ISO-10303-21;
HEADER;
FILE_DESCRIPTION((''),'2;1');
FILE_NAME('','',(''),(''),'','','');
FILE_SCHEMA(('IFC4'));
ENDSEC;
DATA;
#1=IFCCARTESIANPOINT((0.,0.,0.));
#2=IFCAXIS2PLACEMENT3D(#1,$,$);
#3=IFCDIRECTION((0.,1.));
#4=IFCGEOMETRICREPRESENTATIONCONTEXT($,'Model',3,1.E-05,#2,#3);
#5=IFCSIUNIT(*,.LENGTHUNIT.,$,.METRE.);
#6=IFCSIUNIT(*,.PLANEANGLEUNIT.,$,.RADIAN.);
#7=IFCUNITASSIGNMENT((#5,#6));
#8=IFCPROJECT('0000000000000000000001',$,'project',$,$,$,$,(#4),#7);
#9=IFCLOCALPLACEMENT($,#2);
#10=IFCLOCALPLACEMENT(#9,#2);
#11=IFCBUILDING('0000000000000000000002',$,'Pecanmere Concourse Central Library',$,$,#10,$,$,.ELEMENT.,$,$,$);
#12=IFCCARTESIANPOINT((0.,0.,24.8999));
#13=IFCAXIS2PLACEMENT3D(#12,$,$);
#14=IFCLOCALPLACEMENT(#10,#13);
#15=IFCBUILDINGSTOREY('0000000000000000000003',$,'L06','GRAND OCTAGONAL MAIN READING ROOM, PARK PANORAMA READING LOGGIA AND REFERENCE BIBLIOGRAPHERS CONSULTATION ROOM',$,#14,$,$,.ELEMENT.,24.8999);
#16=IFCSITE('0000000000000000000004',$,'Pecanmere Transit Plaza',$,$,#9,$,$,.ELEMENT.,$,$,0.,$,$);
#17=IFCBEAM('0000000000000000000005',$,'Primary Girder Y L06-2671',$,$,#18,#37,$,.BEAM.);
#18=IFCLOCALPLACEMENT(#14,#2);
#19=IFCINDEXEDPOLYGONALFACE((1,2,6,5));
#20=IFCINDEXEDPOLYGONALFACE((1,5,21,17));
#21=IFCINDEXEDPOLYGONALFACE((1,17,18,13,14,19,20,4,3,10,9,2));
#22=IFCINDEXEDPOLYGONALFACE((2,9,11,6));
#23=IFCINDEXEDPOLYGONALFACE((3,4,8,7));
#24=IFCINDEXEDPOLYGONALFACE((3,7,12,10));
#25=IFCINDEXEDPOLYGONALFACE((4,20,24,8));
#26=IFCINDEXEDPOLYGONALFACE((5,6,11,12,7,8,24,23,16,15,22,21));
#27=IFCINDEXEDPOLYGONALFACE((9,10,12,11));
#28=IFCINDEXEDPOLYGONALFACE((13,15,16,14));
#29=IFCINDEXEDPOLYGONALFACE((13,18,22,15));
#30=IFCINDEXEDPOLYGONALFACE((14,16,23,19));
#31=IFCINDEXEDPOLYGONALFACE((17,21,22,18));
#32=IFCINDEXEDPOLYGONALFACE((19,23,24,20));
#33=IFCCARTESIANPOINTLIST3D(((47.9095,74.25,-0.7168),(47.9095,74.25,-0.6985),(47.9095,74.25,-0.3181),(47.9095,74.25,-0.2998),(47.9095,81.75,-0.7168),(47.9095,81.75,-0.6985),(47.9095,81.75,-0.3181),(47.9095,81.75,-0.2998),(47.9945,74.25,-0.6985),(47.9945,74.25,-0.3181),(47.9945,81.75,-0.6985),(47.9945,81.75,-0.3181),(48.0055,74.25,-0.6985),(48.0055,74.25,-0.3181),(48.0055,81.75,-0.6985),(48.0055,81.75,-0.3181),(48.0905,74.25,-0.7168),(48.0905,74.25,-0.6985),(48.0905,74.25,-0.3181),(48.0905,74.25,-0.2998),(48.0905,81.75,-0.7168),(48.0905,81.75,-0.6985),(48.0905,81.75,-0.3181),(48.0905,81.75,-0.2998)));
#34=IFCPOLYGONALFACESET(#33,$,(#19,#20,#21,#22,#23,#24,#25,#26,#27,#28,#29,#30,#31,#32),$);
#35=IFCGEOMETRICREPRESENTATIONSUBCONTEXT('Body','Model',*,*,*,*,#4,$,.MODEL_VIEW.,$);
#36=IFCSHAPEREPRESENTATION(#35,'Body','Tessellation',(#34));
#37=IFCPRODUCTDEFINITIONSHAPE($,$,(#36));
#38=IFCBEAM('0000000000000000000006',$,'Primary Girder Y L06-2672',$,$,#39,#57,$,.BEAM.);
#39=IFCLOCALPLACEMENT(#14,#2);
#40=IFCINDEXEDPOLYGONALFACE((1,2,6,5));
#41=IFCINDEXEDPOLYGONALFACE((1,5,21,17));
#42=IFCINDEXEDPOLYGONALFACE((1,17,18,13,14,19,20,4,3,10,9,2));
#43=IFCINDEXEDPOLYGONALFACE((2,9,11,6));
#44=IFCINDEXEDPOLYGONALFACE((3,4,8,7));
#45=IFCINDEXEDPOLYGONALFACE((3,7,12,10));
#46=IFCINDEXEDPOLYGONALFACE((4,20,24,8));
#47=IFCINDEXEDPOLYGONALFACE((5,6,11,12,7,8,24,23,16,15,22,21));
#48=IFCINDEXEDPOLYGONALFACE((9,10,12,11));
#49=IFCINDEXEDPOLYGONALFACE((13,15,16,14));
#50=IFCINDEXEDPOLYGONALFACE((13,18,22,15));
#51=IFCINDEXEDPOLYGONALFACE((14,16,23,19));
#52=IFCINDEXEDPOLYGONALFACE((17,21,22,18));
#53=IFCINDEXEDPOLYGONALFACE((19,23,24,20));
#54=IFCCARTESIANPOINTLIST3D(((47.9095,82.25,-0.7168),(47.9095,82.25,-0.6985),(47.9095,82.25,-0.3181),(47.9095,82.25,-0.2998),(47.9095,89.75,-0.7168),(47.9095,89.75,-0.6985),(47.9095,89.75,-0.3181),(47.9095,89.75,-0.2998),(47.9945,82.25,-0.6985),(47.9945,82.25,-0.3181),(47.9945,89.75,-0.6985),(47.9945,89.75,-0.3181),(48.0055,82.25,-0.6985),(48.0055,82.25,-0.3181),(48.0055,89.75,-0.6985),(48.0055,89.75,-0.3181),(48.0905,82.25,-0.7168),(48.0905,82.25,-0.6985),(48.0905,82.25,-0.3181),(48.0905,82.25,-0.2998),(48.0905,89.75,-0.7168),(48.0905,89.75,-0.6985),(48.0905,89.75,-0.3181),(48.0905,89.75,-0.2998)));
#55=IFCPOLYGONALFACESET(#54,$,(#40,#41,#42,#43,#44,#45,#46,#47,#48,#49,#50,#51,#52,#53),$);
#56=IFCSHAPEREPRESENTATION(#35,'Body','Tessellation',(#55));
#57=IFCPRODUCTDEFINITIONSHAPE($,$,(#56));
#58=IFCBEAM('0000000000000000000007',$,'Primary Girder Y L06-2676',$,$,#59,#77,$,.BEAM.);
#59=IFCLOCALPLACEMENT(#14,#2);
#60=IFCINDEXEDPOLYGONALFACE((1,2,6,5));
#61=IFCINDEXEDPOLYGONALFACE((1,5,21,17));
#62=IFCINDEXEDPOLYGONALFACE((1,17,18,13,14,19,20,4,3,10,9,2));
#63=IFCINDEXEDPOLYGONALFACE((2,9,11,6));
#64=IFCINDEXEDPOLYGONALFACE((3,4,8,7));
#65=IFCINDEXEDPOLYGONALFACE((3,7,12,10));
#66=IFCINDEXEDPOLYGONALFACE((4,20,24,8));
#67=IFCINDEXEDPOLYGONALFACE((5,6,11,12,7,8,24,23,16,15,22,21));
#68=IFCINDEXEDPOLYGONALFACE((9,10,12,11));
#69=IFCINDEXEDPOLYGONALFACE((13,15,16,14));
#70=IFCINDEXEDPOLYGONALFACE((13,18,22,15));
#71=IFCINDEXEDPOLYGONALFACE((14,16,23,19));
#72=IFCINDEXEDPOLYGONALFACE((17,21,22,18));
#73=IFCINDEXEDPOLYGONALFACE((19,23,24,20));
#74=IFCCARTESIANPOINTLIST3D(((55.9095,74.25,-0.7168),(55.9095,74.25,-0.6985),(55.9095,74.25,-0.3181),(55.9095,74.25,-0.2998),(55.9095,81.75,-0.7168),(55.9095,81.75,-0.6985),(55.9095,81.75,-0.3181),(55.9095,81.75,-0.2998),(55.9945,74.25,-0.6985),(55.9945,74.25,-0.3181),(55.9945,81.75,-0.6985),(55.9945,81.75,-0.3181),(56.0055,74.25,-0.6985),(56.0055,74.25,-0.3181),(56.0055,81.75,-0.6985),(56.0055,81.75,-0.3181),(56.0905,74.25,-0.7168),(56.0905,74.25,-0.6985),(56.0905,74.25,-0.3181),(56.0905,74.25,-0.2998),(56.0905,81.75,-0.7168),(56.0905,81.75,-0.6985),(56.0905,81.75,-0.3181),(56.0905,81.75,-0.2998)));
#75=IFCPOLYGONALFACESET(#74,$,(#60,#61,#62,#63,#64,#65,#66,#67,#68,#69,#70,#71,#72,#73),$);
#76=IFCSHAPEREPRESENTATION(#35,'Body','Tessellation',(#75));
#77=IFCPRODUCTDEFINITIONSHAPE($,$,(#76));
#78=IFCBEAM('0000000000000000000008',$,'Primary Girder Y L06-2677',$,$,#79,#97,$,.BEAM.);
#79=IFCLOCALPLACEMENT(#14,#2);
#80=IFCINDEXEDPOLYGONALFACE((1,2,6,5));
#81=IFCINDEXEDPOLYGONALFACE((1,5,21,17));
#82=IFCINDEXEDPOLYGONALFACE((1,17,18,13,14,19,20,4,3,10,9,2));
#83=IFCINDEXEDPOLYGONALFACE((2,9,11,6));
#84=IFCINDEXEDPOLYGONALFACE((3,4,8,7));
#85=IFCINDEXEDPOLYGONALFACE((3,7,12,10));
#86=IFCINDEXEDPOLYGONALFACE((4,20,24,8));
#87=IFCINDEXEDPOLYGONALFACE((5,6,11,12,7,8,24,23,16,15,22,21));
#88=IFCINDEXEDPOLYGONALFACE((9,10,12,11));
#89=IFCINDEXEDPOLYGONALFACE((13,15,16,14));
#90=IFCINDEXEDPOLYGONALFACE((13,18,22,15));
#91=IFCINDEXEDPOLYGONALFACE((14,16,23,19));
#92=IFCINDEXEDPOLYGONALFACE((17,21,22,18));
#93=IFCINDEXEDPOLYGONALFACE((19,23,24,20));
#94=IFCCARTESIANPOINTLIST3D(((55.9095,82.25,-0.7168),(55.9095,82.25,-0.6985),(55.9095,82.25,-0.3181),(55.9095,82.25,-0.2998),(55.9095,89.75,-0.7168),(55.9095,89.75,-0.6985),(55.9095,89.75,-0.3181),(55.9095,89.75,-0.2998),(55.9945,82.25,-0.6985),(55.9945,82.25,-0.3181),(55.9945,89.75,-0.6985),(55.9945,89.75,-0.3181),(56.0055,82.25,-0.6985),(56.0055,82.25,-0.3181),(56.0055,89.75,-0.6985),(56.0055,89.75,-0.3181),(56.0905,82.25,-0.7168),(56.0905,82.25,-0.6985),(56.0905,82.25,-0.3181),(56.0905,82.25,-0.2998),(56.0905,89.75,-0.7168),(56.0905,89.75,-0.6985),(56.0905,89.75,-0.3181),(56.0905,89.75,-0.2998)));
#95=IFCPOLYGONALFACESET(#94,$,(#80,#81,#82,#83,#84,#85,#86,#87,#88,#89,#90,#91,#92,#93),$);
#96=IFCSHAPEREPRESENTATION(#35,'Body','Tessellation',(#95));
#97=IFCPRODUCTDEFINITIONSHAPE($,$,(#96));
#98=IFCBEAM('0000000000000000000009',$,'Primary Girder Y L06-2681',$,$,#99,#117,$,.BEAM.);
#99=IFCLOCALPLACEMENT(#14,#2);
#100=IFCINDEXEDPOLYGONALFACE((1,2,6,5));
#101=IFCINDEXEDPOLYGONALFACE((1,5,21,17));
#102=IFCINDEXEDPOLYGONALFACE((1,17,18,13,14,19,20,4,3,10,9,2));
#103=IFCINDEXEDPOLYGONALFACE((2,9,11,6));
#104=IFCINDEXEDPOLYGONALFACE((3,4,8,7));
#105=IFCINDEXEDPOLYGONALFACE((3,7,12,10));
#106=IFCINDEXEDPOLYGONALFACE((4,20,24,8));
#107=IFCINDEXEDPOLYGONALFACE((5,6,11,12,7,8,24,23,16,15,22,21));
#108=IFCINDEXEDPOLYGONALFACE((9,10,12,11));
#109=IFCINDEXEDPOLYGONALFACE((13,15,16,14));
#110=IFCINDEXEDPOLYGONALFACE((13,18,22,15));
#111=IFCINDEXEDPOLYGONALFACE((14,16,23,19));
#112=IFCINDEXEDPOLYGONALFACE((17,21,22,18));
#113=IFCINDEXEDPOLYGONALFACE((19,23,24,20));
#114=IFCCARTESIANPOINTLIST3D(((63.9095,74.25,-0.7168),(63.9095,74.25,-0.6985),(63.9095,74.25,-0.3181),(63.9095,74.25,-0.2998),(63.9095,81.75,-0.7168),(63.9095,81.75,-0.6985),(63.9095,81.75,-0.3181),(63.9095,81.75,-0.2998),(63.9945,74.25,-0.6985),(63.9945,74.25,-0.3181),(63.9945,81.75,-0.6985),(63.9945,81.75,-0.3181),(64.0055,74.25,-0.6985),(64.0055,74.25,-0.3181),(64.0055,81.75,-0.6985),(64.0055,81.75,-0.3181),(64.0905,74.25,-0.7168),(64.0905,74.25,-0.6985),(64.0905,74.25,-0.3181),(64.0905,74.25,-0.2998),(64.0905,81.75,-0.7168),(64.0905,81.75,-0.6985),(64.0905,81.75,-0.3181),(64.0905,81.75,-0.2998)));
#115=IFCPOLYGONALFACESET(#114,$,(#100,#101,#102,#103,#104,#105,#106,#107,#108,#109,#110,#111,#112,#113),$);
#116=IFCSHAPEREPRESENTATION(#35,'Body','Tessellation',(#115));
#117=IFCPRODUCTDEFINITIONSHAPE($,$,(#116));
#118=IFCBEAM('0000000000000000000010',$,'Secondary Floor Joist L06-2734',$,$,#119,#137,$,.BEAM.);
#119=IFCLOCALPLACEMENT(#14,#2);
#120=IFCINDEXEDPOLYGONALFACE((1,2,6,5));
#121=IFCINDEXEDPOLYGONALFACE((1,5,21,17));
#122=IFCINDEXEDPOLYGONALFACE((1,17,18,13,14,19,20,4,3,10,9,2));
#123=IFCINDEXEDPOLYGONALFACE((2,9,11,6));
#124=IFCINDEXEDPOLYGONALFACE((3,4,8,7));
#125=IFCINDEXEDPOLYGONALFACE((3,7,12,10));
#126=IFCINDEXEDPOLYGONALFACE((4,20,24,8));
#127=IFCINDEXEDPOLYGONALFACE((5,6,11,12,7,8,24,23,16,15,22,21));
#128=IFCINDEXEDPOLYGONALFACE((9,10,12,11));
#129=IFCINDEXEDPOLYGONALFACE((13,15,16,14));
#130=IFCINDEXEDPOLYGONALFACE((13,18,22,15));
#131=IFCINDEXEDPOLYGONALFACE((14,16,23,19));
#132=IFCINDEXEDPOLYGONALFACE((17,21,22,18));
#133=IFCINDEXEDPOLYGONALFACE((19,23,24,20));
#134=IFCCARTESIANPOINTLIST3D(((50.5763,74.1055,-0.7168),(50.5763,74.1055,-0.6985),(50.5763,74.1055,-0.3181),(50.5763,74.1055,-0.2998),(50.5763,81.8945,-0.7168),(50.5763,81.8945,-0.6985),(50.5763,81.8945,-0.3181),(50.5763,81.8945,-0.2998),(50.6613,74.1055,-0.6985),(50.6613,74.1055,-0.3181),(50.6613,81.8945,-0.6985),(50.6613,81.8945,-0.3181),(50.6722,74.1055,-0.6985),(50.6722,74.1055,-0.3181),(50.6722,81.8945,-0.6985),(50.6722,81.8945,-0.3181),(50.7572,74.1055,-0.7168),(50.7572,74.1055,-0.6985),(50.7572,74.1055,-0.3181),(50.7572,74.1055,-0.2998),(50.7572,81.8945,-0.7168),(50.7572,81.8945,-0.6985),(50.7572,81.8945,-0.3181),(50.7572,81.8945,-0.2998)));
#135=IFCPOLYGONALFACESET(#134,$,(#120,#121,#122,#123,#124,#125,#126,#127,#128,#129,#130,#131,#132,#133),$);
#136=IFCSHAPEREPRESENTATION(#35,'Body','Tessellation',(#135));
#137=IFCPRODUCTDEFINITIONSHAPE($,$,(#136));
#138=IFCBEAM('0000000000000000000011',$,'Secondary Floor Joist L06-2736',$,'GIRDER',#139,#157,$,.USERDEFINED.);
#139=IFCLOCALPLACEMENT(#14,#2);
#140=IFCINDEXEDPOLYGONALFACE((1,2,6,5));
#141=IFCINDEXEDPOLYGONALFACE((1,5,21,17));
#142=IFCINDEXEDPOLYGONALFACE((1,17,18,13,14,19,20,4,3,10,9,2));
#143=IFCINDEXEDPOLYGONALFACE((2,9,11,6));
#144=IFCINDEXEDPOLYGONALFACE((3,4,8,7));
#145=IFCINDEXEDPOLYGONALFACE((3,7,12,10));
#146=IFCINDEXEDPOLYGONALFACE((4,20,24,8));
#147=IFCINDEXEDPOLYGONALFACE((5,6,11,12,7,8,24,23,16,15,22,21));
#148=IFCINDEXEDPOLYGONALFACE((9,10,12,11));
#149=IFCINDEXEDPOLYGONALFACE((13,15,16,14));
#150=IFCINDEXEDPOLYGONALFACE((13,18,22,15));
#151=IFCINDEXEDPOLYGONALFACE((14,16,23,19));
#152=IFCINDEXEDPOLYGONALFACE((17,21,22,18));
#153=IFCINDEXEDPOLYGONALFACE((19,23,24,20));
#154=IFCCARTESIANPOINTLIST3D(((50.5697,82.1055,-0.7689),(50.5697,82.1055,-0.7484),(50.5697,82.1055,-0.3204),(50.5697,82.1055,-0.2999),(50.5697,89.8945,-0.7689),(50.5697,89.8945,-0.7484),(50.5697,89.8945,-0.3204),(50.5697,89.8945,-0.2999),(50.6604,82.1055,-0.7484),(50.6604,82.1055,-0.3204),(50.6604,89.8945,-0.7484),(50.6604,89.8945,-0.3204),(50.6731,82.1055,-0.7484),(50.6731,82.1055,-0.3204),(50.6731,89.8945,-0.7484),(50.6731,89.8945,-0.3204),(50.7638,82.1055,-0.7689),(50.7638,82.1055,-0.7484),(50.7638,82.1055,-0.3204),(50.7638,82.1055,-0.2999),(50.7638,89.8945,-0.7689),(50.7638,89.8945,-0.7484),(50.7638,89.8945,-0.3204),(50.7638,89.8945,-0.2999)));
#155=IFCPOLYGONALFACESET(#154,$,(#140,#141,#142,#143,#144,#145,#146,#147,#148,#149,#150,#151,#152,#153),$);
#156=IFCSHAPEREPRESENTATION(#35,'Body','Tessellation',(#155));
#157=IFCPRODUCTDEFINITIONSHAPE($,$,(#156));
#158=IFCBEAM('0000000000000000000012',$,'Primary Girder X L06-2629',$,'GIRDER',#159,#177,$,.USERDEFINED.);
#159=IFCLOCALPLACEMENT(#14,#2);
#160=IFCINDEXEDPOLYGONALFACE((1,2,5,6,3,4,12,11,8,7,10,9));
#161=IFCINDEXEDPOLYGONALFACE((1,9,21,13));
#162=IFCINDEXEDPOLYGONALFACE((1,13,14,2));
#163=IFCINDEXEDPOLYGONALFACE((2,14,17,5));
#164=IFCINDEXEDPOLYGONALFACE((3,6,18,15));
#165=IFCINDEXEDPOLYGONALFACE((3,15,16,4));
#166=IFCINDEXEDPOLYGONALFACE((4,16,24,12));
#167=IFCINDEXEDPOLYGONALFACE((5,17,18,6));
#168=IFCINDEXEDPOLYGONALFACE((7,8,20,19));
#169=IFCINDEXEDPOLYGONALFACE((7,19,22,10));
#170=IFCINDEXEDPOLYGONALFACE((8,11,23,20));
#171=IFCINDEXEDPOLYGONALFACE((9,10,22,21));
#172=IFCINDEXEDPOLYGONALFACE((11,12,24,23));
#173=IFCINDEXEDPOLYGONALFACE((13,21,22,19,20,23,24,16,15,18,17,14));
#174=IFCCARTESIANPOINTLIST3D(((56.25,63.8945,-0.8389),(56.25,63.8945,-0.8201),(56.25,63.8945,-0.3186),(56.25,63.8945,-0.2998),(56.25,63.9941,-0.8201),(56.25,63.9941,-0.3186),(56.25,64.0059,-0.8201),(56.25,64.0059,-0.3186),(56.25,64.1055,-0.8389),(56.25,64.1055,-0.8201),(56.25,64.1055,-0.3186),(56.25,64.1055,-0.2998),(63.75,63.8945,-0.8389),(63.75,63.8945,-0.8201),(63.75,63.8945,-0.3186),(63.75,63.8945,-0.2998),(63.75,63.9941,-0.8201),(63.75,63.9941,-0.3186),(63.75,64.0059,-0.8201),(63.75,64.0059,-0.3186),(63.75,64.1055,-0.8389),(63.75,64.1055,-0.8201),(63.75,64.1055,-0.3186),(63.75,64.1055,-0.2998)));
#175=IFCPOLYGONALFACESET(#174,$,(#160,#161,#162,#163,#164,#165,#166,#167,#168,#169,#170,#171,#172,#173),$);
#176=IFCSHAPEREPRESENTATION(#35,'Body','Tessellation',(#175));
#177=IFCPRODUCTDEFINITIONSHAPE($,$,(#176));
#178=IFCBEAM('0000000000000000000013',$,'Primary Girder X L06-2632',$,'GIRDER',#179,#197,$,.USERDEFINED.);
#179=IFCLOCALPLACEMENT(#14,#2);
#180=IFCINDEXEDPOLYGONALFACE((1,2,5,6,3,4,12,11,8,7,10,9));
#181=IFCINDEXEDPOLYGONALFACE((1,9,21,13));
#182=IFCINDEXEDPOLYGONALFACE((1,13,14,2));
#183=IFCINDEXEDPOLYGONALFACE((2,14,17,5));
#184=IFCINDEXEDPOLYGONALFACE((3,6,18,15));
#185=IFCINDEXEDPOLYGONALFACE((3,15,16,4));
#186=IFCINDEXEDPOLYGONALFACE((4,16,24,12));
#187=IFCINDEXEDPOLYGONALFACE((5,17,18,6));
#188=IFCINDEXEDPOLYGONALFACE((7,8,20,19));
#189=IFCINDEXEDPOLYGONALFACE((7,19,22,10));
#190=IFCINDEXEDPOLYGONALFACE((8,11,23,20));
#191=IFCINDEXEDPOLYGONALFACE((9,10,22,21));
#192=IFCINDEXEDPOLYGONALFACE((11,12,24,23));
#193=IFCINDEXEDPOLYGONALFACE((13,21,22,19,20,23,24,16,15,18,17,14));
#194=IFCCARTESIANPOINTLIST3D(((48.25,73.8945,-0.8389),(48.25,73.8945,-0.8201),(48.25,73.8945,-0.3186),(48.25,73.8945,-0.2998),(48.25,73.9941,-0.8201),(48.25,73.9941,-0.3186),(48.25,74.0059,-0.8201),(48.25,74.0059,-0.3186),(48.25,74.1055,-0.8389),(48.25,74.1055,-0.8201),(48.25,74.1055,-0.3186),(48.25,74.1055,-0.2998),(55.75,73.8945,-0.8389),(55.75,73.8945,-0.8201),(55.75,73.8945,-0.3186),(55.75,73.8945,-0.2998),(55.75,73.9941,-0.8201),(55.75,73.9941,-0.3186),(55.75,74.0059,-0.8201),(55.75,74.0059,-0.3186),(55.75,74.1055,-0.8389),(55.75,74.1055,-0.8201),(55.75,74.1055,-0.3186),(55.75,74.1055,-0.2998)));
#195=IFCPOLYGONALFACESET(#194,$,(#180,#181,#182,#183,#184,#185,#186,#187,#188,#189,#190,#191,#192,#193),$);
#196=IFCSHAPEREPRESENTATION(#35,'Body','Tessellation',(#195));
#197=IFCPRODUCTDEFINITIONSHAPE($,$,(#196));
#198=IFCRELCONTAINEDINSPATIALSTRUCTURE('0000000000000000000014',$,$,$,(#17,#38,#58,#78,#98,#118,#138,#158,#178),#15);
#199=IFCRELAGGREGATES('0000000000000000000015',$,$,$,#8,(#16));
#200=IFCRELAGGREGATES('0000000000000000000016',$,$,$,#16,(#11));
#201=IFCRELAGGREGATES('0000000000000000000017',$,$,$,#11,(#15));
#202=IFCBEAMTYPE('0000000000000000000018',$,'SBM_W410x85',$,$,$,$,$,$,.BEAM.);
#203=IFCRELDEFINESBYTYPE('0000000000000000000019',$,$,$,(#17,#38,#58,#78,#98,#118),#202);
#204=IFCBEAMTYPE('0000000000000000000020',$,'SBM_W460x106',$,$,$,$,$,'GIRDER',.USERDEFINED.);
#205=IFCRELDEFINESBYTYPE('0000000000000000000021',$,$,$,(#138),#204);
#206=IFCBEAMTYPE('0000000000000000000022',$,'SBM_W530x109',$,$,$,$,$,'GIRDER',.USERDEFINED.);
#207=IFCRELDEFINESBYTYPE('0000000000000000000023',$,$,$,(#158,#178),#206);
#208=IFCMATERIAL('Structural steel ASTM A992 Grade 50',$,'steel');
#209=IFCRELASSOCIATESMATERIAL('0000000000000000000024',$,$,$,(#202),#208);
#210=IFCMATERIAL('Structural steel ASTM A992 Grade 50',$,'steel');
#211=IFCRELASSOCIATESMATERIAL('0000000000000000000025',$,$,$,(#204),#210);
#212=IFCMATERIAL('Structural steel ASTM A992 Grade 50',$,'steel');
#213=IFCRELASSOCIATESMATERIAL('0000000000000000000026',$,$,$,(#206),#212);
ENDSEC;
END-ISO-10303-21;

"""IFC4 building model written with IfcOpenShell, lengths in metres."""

from ifc_helpers import new_model, si_unit, direction, frame, origin, origin_2d, place, context, subcontext, project, spatial, i_section, extrude, material, material_profile, profile_set, type_object, element, save


model = new_model("IFC4")

# Units and contexts
model_context = context("Model", 3, precision=1e-05, world=origin(), true_north=direction((0.0, 1.0)))
body_context = subcontext(model_context, "Body", "Model", "MODEL_VIEW")
ifc_project = project(units=[si_unit("LENGTHUNIT", "METRE"), si_unit("PLANEANGLEUNIT", "RADIAN")], contexts=[model_context])

# Site, building, storey
site_placement = place(None, origin())
site = spatial("IfcSite", under=ifc_project, at=site_placement, Name="Pecanmere Transit Plaza", CompositionType="ELEMENT", RefElevation=0.0)
building_placement = place(site_placement, origin())
building = spatial("IfcBuilding", under=site, at=building_placement, Name="Pecanmere Concourse Central Library", CompositionType="ELEMENT")
storey_placement = place(building_placement, frame((0.0, 0.0, 24.8999)))
storey = spatial("IfcBuildingStorey", under=building, at=storey_placement, Name="L06", Description="GRAND OCTAGONAL MAIN READING ROOM, PARK PANORAMA READING LOGGIA AND REFERENCE BIBLIOGRAPHERS CONSULTATION ROOM", CompositionType="ELEMENT", Elevation=24.8999)

# Beams
ifc_material_1 = material(Name="Structural steel ASTM A992 Grade 50", Category="steel")
ifc_material_profile_1 = material_profile(ifc_material_1, i_section(OverallWidth=0.1809, OverallDepth=0.417, WebThickness=0.011, FlangeThickness=0.0183, at=origin_2d()), Name="W410x85")
ifc_profile_set_1 = profile_set([ifc_material_profile_1], Name="Structural steel ASTM A992 Grade 50")
beam_type_1 = type_object("IfcBeamType", Name="SBM_W410x85", PredefinedType="BEAM", material=ifc_profile_set_1)
for number, where, z_axis, x_axis, name in (
    (1, (48.0, 74.25, -0.5083), (0.0, 1.0, 0.0), (-1.0, 0.0, 0.0), "Primary Girder Y L06-2671"),
    (2, (48.0, 82.25, -0.5083), (0.0, 1.0, 0.0), (-1.0, 0.0, 0.0), "Primary Girder Y L06-2672"),
    (3, (56.0, 74.25, -0.5083), (0.0, 1.0, 0.0), (-1.0, 0.0, 0.0), "Primary Girder Y L06-2676"),
    (4, (56.0, 82.25, -0.5083), (0.0, 1.0, 0.0), (-1.0, 0.0, 0.0), "Primary Girder Y L06-2677"),
    (5, (64.0, 74.25, -0.5083), (0.0, 1.0, 0.0), (-1.0, 0.0, 0.0), "Primary Girder Y L06-2681"),
):
    element("IfcBeam", number, at=place(storey_placement, frame(where, z_axis=z_axis, x_axis=x_axis)), inside=storey, type_object=beam_type_1, Name=name, PredefinedType="BEAM", context=body_context, shape_type="SweptSolid", body=[
        extrude(i_section(OverallWidth=0.1809, OverallDepth=0.417, WebThickness=0.011, FlangeThickness=0.0183, at=origin_2d()), origin(), (0.0, 0.0, 1.0), 7.5),
    ])
beam_1_placement = place(storey_placement, frame((50.6667, 74.1055, -0.5083), z_axis=(0.0, 1.0, 0.0), x_axis=(-1.0, 0.0, 0.0)))
element("IfcBeam", 6, at=beam_1_placement, inside=storey, type_object=beam_type_1, Name="Secondary Floor Joist L06-2734", PredefinedType="BEAM", context=body_context, shape_type="SweptSolid", body=[
    extrude(i_section(OverallWidth=0.1809, OverallDepth=0.417, WebThickness=0.011, FlangeThickness=0.0183, at=origin_2d()), origin(), (0.0, 0.0, 1.0), 7.7891),
])
ifc_material_2 = material(Name="Structural steel ASTM A992 Grade 50", Category="steel")
ifc_material_profile_2 = material_profile(ifc_material_2, i_section(OverallWidth=0.1941, OverallDepth=0.469, WebThickness=0.0127, FlangeThickness=0.0205, at=origin_2d()), Name="W460x106")
ifc_profile_set_2 = profile_set([ifc_material_profile_2], Name="Structural steel ASTM A992 Grade 50")
beam_type_2 = type_object("IfcBeamType", Name="SBM_W460x106", ElementType="GIRDER", PredefinedType="USERDEFINED", material=ifc_profile_set_2)
beam_2_placement = place(storey_placement, frame((50.6667, 82.1055, -0.5344), z_axis=(0.0, 1.0, 0.0), x_axis=(-1.0, 0.0, 0.0)))
element("IfcBeam", 7, at=beam_2_placement, inside=storey, type_object=beam_type_2, Name="Secondary Floor Joist L06-2736", ObjectType="GIRDER", PredefinedType="USERDEFINED", context=body_context, shape_type="SweptSolid", body=[
    extrude(i_section(OverallWidth=0.1941, OverallDepth=0.469, WebThickness=0.0127, FlangeThickness=0.0205, at=origin_2d()), origin(), (0.0, 0.0, 1.0), 7.7891),
])
ifc_material_3 = material(Name="Structural steel ASTM A992 Grade 50", Category="steel")
ifc_material_profile_3 = material_profile(ifc_material_3, i_section(OverallWidth=0.2109, OverallDepth=0.5391, WebThickness=0.0117, FlangeThickness=0.0188, at=origin_2d()), Name="W530x109")
ifc_profile_set_3 = profile_set([ifc_material_profile_3], Name="Structural steel ASTM A992 Grade 50")
beam_type_3 = type_object("IfcBeamType", Name="SBM_W530x109", ElementType="GIRDER", PredefinedType="USERDEFINED", material=ifc_profile_set_3)
for number, where, z_axis, x_axis, name in (
    (8, (56.25, 64.0, -0.5693), (1.0, 0.0, 0.0), (0.0, 1.0, 0.0), "Primary Girder X L06-2629"),
    (9, (48.25, 74.0, -0.5693), (1.0, 0.0, 0.0), (0.0, 1.0, 0.0), "Primary Girder X L06-2632"),
):
    element("IfcBeam", number, at=place(storey_placement, frame(where, z_axis=z_axis, x_axis=x_axis)), inside=storey, type_object=beam_type_3, Name=name, ObjectType="GIRDER", PredefinedType="USERDEFINED", context=body_context, shape_type="SweptSolid", body=[
        extrude(i_section(OverallWidth=0.2109, OverallDepth=0.5391, WebThickness=0.0117, FlangeThickness=0.0188, at=origin_2d()), origin(), (0.0, 0.0, 1.0), 7.5),
    ])

save(model, "model.ifc")
